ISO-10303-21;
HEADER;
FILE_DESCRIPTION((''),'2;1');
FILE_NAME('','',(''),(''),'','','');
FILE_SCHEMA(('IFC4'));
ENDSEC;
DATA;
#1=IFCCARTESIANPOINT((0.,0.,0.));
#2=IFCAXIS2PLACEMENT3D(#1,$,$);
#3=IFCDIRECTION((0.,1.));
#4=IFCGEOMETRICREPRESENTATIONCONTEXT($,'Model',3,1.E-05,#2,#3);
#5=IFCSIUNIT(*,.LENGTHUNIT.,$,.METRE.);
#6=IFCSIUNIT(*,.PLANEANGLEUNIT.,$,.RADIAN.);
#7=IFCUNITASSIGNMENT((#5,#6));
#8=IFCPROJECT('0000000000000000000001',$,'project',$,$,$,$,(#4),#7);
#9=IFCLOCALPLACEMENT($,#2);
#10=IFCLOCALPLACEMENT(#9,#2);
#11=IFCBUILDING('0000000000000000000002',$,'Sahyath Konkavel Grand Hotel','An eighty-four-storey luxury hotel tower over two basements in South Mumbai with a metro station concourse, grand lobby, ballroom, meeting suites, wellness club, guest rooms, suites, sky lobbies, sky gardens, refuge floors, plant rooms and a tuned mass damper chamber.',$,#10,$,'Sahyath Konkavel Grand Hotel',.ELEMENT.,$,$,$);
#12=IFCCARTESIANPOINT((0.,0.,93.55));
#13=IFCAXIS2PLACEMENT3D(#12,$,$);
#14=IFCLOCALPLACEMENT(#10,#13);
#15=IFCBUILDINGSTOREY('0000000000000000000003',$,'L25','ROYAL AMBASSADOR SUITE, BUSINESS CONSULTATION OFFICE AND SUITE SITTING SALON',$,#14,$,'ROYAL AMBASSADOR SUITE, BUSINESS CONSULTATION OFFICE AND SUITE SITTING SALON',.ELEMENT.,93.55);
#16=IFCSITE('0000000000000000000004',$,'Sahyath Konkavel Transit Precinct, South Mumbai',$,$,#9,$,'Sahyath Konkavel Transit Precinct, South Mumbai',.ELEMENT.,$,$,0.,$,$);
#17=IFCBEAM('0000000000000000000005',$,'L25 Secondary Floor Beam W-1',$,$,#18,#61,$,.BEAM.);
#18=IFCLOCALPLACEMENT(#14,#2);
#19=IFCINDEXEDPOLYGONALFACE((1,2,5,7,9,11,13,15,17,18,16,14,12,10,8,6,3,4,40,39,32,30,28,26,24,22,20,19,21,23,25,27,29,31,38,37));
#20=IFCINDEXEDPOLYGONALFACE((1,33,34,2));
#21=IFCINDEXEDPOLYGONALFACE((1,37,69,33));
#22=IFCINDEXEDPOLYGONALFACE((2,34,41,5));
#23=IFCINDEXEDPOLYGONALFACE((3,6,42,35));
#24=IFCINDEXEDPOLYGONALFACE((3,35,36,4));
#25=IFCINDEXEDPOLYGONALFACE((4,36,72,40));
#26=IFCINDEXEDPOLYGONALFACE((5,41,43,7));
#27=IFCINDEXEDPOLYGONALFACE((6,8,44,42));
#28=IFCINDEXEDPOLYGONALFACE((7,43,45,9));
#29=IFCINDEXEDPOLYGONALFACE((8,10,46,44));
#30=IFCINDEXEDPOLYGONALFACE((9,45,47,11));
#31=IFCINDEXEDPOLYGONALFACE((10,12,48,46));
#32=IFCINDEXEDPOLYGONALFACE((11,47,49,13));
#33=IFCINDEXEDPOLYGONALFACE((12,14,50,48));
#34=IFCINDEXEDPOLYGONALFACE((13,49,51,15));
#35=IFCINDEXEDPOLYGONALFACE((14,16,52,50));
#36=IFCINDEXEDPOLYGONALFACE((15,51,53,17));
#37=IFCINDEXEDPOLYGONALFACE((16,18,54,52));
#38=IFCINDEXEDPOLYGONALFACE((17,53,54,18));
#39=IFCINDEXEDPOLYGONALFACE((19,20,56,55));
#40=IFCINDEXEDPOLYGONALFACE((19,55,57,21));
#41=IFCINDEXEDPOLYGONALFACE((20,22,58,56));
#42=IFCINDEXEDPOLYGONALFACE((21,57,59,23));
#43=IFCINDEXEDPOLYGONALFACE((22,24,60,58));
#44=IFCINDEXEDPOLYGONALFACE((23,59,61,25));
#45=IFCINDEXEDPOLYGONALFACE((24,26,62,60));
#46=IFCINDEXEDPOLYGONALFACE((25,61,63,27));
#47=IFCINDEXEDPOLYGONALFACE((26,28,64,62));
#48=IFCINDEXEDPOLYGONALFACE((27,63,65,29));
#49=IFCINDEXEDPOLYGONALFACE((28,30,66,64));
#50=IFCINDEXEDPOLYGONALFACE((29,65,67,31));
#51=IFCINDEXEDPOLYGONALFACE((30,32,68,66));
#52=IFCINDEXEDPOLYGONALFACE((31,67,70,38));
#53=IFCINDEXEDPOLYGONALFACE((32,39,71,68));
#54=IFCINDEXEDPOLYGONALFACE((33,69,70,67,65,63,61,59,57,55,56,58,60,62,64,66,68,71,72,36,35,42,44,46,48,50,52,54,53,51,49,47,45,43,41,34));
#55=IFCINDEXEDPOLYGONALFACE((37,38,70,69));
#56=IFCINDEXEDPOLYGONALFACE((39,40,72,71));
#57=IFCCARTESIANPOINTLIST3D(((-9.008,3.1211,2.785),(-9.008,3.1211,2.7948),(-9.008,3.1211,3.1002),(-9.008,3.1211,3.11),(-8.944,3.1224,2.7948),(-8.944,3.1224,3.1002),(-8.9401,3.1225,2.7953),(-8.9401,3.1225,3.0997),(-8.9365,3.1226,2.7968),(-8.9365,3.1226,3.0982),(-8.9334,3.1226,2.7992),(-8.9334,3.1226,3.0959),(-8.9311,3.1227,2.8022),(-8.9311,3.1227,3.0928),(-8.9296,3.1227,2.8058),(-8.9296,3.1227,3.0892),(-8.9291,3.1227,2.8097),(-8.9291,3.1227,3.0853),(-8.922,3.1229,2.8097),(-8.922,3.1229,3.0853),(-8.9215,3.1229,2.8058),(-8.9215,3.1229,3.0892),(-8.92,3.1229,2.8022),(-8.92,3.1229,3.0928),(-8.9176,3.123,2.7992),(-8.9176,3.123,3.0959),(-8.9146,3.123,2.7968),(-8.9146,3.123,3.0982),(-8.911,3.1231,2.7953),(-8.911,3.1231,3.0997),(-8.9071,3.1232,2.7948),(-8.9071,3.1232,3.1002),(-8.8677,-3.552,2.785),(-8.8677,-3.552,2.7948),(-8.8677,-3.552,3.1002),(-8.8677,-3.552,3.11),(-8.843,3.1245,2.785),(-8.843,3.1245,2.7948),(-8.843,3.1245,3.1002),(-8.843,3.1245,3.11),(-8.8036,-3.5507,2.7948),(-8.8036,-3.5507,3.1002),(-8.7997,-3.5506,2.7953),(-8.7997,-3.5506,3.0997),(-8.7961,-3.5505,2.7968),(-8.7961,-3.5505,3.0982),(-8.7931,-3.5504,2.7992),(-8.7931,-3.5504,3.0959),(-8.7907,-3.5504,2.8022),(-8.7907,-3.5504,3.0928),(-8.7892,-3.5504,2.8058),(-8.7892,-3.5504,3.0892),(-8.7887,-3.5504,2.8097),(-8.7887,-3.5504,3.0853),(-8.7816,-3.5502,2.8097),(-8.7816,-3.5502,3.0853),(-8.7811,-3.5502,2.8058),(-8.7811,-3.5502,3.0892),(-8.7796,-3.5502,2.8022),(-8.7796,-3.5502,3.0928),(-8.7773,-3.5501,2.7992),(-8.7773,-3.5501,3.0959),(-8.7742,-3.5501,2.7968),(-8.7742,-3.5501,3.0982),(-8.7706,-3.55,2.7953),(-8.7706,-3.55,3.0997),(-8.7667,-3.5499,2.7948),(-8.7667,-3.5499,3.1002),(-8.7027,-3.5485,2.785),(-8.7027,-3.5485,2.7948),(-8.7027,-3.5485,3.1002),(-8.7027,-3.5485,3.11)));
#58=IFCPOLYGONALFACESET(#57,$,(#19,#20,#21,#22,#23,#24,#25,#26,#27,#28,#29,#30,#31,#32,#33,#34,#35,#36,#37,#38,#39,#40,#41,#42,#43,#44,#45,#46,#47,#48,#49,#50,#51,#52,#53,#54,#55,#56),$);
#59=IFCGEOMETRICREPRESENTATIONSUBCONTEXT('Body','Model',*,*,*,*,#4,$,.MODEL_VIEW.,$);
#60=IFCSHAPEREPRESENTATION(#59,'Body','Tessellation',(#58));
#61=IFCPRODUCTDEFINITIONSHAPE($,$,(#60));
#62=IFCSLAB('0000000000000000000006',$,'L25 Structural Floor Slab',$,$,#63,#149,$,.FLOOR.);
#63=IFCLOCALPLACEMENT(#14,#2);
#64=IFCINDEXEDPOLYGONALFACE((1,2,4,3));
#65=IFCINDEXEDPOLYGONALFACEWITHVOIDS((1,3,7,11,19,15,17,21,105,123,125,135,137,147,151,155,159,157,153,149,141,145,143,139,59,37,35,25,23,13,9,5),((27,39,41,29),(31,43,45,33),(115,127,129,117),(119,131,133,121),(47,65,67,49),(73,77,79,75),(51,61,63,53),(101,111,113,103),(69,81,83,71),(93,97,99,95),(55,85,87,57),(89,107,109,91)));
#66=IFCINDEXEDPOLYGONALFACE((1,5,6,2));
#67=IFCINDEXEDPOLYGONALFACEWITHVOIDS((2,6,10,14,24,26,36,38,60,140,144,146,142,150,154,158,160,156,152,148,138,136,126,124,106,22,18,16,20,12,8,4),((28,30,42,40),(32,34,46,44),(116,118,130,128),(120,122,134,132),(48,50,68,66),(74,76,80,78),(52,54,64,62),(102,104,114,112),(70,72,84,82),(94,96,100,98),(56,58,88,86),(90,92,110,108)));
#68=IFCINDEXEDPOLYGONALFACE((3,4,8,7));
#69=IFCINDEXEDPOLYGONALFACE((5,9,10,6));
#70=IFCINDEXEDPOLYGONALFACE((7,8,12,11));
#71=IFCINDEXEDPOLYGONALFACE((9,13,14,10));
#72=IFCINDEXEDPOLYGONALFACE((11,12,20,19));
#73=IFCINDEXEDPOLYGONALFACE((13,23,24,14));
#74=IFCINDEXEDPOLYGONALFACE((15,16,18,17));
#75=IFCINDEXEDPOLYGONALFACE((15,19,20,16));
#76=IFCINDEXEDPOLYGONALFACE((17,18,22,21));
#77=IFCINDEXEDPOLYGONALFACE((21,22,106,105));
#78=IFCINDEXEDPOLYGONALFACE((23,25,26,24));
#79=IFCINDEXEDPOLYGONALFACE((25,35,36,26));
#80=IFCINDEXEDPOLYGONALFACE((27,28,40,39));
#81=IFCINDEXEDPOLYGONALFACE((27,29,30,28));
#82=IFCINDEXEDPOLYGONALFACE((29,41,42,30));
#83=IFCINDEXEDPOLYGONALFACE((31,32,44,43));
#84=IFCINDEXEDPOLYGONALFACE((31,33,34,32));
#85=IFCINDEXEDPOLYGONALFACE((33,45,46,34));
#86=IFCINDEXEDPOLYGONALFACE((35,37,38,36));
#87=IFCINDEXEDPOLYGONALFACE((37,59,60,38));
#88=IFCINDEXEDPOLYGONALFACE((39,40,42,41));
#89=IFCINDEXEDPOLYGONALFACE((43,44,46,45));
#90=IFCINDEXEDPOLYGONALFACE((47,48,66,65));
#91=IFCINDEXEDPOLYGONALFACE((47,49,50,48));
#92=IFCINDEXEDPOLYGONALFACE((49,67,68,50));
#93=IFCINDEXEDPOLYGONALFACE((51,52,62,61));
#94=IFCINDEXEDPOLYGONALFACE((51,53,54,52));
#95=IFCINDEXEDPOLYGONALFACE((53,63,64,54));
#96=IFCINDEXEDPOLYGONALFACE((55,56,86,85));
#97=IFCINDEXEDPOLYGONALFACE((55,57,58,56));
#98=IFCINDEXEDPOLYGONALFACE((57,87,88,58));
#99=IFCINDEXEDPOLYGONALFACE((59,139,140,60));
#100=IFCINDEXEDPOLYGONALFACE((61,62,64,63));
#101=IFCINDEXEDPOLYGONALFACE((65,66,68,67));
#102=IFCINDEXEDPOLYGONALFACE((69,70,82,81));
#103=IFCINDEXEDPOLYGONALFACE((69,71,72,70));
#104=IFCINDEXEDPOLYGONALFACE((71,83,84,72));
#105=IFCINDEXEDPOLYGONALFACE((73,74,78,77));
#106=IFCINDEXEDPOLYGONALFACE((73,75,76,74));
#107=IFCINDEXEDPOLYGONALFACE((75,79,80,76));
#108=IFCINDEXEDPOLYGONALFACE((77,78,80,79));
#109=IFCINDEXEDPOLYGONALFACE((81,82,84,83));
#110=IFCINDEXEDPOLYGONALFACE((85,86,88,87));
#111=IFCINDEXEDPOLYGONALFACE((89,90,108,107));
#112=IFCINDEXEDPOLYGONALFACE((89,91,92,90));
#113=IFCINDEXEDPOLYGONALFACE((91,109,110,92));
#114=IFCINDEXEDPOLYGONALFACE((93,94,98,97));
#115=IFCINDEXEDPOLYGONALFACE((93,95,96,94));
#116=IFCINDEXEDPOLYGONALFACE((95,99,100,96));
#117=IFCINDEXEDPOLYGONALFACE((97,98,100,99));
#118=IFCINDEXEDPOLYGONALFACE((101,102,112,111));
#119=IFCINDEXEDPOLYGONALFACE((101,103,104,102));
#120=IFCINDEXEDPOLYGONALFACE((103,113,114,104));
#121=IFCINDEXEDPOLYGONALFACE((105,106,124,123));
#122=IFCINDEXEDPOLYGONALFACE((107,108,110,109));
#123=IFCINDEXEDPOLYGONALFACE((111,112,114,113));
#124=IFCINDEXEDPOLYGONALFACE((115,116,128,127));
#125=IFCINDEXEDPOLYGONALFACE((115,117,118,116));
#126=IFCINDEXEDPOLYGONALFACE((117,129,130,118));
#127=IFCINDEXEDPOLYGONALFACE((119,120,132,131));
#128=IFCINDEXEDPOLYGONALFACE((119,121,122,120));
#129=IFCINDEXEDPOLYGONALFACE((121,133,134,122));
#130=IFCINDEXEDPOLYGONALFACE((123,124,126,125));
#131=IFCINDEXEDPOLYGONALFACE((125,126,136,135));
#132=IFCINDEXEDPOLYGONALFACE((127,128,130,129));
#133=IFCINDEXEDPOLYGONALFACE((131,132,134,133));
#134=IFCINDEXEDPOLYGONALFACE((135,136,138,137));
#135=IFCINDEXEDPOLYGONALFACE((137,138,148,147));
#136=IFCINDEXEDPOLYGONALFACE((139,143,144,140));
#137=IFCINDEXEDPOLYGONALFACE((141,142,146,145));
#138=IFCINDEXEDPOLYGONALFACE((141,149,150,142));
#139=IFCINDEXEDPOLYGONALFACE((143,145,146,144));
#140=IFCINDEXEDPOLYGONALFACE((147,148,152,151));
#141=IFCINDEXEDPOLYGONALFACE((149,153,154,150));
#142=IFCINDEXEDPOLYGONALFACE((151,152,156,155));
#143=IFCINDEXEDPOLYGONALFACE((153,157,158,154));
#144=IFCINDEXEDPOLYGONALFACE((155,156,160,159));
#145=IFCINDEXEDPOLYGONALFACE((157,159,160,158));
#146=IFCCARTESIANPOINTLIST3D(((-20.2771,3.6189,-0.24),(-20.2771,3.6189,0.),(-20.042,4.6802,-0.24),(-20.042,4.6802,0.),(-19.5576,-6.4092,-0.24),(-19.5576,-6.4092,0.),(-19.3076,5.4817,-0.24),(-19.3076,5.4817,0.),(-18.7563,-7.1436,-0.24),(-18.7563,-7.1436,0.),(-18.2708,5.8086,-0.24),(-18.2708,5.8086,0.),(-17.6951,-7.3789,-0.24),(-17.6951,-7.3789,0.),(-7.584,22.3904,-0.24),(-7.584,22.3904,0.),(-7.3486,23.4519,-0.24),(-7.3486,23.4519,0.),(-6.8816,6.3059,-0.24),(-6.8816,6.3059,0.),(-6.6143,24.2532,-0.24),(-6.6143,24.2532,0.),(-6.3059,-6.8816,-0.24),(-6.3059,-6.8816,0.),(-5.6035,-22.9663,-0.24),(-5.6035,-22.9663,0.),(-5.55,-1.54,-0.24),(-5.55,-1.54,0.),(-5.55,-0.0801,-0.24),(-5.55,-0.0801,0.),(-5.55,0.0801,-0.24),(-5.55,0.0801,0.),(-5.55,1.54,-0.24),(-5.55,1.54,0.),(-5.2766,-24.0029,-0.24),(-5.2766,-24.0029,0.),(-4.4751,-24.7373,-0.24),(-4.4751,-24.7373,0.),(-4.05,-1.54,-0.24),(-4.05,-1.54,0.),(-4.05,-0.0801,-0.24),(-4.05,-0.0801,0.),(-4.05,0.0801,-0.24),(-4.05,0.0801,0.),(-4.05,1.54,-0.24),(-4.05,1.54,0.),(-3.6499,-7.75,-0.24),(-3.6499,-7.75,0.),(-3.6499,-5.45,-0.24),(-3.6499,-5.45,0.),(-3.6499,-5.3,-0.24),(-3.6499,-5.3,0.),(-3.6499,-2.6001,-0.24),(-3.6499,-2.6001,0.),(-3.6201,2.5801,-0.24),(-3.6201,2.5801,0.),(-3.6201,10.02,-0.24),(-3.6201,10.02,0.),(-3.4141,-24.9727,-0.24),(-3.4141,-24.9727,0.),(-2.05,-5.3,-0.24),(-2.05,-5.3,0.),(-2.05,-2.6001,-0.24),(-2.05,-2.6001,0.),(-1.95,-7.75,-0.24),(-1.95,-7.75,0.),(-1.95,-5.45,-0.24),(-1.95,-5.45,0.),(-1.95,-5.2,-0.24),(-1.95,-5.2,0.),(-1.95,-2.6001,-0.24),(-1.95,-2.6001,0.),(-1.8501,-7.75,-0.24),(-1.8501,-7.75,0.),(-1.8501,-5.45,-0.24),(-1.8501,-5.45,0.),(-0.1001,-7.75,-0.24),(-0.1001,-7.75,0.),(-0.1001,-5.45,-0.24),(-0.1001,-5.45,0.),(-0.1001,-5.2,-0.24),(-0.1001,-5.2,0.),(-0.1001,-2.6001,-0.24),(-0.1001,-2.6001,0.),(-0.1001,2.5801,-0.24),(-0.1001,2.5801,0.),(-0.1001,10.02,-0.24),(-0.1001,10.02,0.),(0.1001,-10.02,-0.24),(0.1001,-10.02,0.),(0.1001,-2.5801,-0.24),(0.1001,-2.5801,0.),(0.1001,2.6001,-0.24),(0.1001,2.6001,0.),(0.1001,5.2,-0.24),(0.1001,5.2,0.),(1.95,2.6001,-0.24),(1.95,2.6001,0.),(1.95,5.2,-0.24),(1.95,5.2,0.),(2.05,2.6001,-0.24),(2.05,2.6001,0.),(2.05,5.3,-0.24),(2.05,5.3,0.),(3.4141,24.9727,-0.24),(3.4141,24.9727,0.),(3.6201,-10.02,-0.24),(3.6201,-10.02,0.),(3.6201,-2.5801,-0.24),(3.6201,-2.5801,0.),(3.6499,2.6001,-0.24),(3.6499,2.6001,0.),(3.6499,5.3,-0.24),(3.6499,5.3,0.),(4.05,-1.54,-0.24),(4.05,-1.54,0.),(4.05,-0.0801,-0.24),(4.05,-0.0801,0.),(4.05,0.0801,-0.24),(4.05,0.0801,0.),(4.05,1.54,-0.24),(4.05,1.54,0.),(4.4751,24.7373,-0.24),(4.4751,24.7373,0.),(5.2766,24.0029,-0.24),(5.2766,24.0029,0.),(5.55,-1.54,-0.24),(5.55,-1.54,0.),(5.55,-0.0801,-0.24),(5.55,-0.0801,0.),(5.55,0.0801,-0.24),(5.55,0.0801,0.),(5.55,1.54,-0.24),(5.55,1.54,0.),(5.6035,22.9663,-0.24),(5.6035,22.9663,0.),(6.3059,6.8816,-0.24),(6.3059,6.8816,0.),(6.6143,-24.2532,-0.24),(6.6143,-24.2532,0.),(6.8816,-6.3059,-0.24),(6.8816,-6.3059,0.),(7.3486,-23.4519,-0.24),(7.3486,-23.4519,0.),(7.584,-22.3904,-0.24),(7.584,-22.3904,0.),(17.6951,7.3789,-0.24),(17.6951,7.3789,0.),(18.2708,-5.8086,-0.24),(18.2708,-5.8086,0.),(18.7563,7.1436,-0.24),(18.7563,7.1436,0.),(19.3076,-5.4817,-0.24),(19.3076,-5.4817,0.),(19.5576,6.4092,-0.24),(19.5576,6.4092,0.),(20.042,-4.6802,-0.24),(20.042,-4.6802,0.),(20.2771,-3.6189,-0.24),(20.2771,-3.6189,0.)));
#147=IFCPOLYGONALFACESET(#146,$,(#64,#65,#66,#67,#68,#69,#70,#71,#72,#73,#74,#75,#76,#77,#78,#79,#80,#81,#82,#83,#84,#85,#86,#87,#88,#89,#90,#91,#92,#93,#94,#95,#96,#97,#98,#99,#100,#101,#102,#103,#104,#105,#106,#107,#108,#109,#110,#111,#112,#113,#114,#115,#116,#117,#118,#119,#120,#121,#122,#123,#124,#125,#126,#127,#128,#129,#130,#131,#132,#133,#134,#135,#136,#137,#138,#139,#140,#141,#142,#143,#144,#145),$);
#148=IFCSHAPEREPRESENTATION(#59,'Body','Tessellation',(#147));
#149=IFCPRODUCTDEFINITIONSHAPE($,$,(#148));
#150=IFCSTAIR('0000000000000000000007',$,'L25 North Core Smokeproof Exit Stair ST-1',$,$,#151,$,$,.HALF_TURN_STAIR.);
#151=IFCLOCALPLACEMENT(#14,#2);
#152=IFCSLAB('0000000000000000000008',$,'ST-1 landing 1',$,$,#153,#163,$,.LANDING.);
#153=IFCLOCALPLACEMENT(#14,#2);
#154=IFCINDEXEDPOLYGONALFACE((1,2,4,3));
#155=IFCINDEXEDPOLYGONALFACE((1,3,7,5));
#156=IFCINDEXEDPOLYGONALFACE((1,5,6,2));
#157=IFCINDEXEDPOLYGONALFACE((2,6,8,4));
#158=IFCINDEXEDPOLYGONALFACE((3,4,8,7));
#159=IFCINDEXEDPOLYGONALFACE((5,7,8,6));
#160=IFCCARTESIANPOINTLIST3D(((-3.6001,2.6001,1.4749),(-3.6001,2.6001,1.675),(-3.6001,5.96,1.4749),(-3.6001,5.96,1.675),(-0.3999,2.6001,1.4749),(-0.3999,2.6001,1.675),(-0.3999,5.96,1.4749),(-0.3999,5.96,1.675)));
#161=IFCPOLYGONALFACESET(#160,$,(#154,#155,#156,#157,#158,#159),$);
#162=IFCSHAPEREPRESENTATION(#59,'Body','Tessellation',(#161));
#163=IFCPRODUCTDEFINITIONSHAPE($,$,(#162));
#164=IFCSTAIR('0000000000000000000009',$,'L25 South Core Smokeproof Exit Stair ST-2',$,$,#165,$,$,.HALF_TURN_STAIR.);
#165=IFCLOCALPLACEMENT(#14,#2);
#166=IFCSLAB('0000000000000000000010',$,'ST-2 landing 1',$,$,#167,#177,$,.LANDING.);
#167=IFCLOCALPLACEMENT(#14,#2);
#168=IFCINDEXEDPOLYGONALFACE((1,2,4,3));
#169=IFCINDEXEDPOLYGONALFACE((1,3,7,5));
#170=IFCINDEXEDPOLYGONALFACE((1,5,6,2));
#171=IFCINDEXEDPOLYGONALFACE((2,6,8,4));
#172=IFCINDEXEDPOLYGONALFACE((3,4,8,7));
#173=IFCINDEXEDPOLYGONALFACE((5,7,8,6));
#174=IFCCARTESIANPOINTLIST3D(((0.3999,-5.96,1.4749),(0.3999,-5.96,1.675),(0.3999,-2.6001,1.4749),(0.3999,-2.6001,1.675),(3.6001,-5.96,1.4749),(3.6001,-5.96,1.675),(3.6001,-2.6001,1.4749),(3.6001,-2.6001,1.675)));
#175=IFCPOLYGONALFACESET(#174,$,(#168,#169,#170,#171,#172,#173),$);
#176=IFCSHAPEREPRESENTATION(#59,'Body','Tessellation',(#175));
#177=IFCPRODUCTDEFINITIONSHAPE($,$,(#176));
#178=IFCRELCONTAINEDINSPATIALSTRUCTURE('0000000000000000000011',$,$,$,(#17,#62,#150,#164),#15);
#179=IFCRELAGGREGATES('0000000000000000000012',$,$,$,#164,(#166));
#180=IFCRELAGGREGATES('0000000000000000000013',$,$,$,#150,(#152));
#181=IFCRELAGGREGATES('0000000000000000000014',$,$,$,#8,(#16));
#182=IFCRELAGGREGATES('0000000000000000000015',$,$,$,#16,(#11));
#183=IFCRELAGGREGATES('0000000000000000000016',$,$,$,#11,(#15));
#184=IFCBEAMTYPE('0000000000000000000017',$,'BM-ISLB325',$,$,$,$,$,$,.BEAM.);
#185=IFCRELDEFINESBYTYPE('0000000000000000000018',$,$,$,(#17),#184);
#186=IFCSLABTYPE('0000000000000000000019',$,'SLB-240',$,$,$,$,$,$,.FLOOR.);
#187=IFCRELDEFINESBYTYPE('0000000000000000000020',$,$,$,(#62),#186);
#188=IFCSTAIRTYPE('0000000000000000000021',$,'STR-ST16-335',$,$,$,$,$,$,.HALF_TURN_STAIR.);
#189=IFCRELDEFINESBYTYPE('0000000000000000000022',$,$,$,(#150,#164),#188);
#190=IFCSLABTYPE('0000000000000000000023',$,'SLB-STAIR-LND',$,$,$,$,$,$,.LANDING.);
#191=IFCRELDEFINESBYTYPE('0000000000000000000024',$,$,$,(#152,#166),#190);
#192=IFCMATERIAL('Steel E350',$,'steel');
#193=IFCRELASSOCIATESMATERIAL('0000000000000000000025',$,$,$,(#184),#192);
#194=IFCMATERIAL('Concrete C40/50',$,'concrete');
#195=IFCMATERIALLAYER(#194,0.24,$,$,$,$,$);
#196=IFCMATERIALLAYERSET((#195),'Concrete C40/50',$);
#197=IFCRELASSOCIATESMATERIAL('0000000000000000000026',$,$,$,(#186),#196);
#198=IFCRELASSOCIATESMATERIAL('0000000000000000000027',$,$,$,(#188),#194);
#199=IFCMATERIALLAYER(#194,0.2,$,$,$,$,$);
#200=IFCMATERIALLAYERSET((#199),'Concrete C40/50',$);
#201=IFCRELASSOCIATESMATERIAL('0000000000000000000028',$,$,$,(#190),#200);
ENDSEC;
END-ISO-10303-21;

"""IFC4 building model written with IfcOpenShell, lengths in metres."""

from ifc_helpers import new_model, si_unit, direction, frame, origin, origin_2d, place, context, subcontext, project, spatial, polyline, i_section, outline, extrude, source, transform, mapped, material, layer, layer_set, material_profile, profile_set, type_object, element, aggregate, save


model = new_model("IFC4")

# Units and contexts
model_context = context("Model", 3, precision=1e-05, world=origin(), true_north=direction((0.0, 1.0)))
body_context = subcontext(model_context, "Body", "Model", "MODEL_VIEW")
ifc_project = project(units=[si_unit("LENGTHUNIT", "METRE"), si_unit("PLANEANGLEUNIT", "RADIAN")], contexts=[model_context])

# Site, building, storey
site_placement = place(None, origin())
site = spatial("IfcSite", under=ifc_project, at=site_placement, Name="Sahyath Konkavel Transit Precinct, South Mumbai", LongName="Sahyath Konkavel Transit Precinct, South Mumbai", CompositionType="ELEMENT", RefElevation=0.0)
building_placement = place(site_placement, origin())
building = spatial("IfcBuilding", under=site, at=building_placement, Name="Sahyath Konkavel Grand Hotel", Description="An eighty-four-storey luxury hotel tower over two basements in South Mumbai with a metro station concourse, grand lobby, ballroom, meeting suites, wellness club, guest rooms, suites, sky lobbies, sky gardens, refuge floors, plant rooms and a tuned mass damper chamber.", LongName="Sahyath Konkavel Grand Hotel", CompositionType="ELEMENT")
storey_placement = place(building_placement, frame((0.0, 0.0, 93.55)))
storey = spatial("IfcBuildingStorey", under=building, at=storey_placement, Name="L25", Description="ROYAL AMBASSADOR SUITE, BUSINESS CONSULTATION OFFICE AND SUITE SITTING SALON", LongName="ROYAL AMBASSADOR SUITE, BUSINESS CONSULTATION OFFICE AND SUITE SITTING SALON", CompositionType="ELEMENT", Elevation=93.55)

# Beam
ifc_material_1 = material(Name="Steel E350", Category="steel")
ifc_material_profile_1 = material_profile(ifc_material_1, i_section(OverallWidth=0.165, OverallDepth=0.325, WebThickness=0.0071, FlangeThickness=0.0098, FilletRadius=0.0149, at=origin_2d()), Name="ISLB 325")
ifc_profile_set_1 = profile_set([ifc_material_profile_1], Name="Steel E350")
beam_type_1 = type_object("IfcBeamType", Name="BM-ISLB325", PredefinedType="BEAM", material=ifc_profile_set_1)
shared_shape_1 = source(origin(), body_context, "Body", "SweptSolid", [
    extrude(i_section(OverallWidth=0.165, OverallDepth=0.325, WebThickness=0.0071, FlangeThickness=0.0098, FilletRadius=0.0149, at=origin_2d()), origin(), (0.0, 0.0, 1.0), 6.6746),
])
beam_1_placement = place(storey_placement, frame((-8.9255, 3.1228, 2.9475), z_axis=(0.021032, -0.999779, 0.0), x_axis=(0.999779, 0.021032, 0.0)))
element("IfcBeam", 1, at=beam_1_placement, inside=storey, type_object=beam_type_1, Name="L25 Secondary Floor Beam W-1", PredefinedType="BEAM", context=body_context, shape_type="MappedRepresentation", body=[
    mapped(shared_shape_1, transform((0.0, 0.0, 0.0), scale=1.0)),
])

# Slab
ifc_material_2 = material(Name="Concrete C40/50", Category="concrete")
ifc_layer_1 = layer(ifc_material_2, 0.24)
ifc_layer_set_1 = layer_set([ifc_layer_1], Name="Concrete C40/50")
slab_type_1 = type_object("IfcSlabType", Name="SLB-240", PredefinedType="FLOOR", material=ifc_layer_set_1)
slab_1_placement = place(storey_placement, frame((0.0, 0.0, -0.24)))
element("IfcSlab", 2, at=slab_1_placement, inside=storey, type_object=slab_type_1, Name="L25 Structural Floor Slab", PredefinedType="FLOOR", context=body_context, shape_type="SweptSolid", body=[
    extrude(outline(polyline([(6.8816, -6.3059), (18.2708, -5.8086), (19.3076, -5.4817), (20.042, -4.6802), (20.2771, -3.6189), (19.5576, 6.4092), (18.7563, 7.1436), (17.6951, 7.3789), (6.3059, 6.8816), (5.6035, 22.9663), (5.2766, 24.0029), (4.4751, 24.7373), (3.4141, 24.9727), (-6.6143, 24.2532), (-7.3486, 23.4519), (-7.584, 22.3904), (-6.8816, 6.3059), (-18.2708, 5.8086), (-19.3076, 5.4817), (-20.042, 4.6802), (-20.2771, 3.6189), (-19.5576, -6.4092), (-18.7563, -7.1436), (-17.6951, -7.3789), (-6.3059, -6.8816), (-5.6035, -22.9663), (-5.2766, -24.0029), (-4.4751, -24.7373), (-3.4141, -24.9727), (6.6143, -24.2532), (7.3486, -23.4519), (7.584, -22.3904), (6.8816, -6.3059)]), holes=[polyline([(-3.6201, 2.5801), (-0.1001, 2.5801), (-0.1001, 10.02), (-3.6201, 10.02), (-3.6201, 2.5801)]), polyline([(0.1001, -10.02), (3.6201, -10.02), (3.6201, -2.5801), (0.1001, -2.5801), (0.1001, -10.02)]), polyline([(0.1001, 2.6001), (1.95, 2.6001), (1.95, 5.2), (0.1001, 5.2), (0.1001, 2.6001)]), polyline([(-1.95, -5.2), (-0.1001, -5.2), (-0.1001, -2.6001), (-1.95, -2.6001), (-1.95, -5.2)]), polyline([(2.05, 2.6001), (3.6499, 2.6001), (3.6499, 5.3), (2.05, 5.3), (2.05, 2.6001)]), polyline([(-3.6499, -5.3), (-2.05, -5.3), (-2.05, -2.6001), (-3.6499, -2.6001), (-3.6499, -5.3)]), polyline([(-3.6499, -7.75), (-1.95, -7.75), (-1.95, -5.45), (-3.6499, -5.45), (-3.6499, -7.75)]), polyline([(-1.8501, -7.75), (-0.1001, -7.75), (-0.1001, -5.45), (-1.8501, -5.45), (-1.8501, -7.75)]), polyline([(4.05, 0.0801), (5.55, 0.0801), (5.55, 1.54), (4.05, 1.54), (4.05, 0.0801)]), polyline([(4.05, -1.54), (5.55, -1.54), (5.55, -0.0801), (4.05, -0.0801), (4.05, -1.54)]), polyline([(-5.55, 0.0801), (-4.05, 0.0801), (-4.05, 1.54), (-5.55, 1.54), (-5.55, 0.0801)]), polyline([(-5.55, -1.54), (-4.05, -1.54), (-4.05, -0.0801), (-5.55, -0.0801), (-5.55, -1.54)])]), origin(), (0.0, 0.0, 1.0), 0.24),
])

# Stairs, slabs
stair_type = type_object("IfcStairType", Name="STR-ST16-335", PredefinedType="HALF_TURN_STAIR", material=ifc_material_2)
stair_1_placement = place(storey_placement, origin())
stair_1 = element("IfcStair", 3, at=stair_1_placement, inside=storey, type_object=stair_type, Name="L25 North Core Smokeproof Exit Stair ST-1", PredefinedType="HALF_TURN_STAIR")
ifc_layer_2 = layer(ifc_material_2, 0.2)
ifc_layer_set_2 = layer_set([ifc_layer_2], Name="Concrete C40/50")
slab_type_2 = type_object("IfcSlabType", Name="SLB-STAIR-LND", PredefinedType="LANDING", material=ifc_layer_set_2)
slab_2_placement = place(storey_placement, frame((0.0, 0.0, 1.4749)))
slab_2 = element("IfcSlab", 4, at=slab_2_placement, type_object=slab_type_2, Name="ST-1 landing 1", PredefinedType="LANDING", context=body_context, shape_type="SweptSolid", body=[
    extrude(outline(polyline([(-3.6001, 5.96), (-3.6001, 2.6001), (-0.3999, 2.6001), (-0.3999, 5.96), (-3.6001, 5.96)])), origin(), (0.0, 0.0, 1.0), 0.2002),
])
stair_2_placement = place(storey_placement, origin())
stair_2 = element("IfcStair", 5, at=stair_2_placement, inside=storey, type_object=stair_type, Name="L25 South Core Smokeproof Exit Stair ST-2", PredefinedType="HALF_TURN_STAIR")
slab_3_placement = place(storey_placement, frame((0.0, 0.0, 1.4749)))
slab_3 = element("IfcSlab", 6, at=slab_3_placement, type_object=slab_type_2, Name="ST-2 landing 1", PredefinedType="LANDING", context=body_context, shape_type="SweptSolid", body=[
    extrude(outline(polyline([(3.6001, -5.96), (3.6001, -2.6001), (0.3999, -2.6001), (0.3999, -5.96), (3.6001, -5.96)])), origin(), (0.0, 0.0, 1.0), 0.2002),
])
aggregate(stair_2, [slab_3])

aggregate(stair_1, [slab_2])

save(model, "model.ifc")
